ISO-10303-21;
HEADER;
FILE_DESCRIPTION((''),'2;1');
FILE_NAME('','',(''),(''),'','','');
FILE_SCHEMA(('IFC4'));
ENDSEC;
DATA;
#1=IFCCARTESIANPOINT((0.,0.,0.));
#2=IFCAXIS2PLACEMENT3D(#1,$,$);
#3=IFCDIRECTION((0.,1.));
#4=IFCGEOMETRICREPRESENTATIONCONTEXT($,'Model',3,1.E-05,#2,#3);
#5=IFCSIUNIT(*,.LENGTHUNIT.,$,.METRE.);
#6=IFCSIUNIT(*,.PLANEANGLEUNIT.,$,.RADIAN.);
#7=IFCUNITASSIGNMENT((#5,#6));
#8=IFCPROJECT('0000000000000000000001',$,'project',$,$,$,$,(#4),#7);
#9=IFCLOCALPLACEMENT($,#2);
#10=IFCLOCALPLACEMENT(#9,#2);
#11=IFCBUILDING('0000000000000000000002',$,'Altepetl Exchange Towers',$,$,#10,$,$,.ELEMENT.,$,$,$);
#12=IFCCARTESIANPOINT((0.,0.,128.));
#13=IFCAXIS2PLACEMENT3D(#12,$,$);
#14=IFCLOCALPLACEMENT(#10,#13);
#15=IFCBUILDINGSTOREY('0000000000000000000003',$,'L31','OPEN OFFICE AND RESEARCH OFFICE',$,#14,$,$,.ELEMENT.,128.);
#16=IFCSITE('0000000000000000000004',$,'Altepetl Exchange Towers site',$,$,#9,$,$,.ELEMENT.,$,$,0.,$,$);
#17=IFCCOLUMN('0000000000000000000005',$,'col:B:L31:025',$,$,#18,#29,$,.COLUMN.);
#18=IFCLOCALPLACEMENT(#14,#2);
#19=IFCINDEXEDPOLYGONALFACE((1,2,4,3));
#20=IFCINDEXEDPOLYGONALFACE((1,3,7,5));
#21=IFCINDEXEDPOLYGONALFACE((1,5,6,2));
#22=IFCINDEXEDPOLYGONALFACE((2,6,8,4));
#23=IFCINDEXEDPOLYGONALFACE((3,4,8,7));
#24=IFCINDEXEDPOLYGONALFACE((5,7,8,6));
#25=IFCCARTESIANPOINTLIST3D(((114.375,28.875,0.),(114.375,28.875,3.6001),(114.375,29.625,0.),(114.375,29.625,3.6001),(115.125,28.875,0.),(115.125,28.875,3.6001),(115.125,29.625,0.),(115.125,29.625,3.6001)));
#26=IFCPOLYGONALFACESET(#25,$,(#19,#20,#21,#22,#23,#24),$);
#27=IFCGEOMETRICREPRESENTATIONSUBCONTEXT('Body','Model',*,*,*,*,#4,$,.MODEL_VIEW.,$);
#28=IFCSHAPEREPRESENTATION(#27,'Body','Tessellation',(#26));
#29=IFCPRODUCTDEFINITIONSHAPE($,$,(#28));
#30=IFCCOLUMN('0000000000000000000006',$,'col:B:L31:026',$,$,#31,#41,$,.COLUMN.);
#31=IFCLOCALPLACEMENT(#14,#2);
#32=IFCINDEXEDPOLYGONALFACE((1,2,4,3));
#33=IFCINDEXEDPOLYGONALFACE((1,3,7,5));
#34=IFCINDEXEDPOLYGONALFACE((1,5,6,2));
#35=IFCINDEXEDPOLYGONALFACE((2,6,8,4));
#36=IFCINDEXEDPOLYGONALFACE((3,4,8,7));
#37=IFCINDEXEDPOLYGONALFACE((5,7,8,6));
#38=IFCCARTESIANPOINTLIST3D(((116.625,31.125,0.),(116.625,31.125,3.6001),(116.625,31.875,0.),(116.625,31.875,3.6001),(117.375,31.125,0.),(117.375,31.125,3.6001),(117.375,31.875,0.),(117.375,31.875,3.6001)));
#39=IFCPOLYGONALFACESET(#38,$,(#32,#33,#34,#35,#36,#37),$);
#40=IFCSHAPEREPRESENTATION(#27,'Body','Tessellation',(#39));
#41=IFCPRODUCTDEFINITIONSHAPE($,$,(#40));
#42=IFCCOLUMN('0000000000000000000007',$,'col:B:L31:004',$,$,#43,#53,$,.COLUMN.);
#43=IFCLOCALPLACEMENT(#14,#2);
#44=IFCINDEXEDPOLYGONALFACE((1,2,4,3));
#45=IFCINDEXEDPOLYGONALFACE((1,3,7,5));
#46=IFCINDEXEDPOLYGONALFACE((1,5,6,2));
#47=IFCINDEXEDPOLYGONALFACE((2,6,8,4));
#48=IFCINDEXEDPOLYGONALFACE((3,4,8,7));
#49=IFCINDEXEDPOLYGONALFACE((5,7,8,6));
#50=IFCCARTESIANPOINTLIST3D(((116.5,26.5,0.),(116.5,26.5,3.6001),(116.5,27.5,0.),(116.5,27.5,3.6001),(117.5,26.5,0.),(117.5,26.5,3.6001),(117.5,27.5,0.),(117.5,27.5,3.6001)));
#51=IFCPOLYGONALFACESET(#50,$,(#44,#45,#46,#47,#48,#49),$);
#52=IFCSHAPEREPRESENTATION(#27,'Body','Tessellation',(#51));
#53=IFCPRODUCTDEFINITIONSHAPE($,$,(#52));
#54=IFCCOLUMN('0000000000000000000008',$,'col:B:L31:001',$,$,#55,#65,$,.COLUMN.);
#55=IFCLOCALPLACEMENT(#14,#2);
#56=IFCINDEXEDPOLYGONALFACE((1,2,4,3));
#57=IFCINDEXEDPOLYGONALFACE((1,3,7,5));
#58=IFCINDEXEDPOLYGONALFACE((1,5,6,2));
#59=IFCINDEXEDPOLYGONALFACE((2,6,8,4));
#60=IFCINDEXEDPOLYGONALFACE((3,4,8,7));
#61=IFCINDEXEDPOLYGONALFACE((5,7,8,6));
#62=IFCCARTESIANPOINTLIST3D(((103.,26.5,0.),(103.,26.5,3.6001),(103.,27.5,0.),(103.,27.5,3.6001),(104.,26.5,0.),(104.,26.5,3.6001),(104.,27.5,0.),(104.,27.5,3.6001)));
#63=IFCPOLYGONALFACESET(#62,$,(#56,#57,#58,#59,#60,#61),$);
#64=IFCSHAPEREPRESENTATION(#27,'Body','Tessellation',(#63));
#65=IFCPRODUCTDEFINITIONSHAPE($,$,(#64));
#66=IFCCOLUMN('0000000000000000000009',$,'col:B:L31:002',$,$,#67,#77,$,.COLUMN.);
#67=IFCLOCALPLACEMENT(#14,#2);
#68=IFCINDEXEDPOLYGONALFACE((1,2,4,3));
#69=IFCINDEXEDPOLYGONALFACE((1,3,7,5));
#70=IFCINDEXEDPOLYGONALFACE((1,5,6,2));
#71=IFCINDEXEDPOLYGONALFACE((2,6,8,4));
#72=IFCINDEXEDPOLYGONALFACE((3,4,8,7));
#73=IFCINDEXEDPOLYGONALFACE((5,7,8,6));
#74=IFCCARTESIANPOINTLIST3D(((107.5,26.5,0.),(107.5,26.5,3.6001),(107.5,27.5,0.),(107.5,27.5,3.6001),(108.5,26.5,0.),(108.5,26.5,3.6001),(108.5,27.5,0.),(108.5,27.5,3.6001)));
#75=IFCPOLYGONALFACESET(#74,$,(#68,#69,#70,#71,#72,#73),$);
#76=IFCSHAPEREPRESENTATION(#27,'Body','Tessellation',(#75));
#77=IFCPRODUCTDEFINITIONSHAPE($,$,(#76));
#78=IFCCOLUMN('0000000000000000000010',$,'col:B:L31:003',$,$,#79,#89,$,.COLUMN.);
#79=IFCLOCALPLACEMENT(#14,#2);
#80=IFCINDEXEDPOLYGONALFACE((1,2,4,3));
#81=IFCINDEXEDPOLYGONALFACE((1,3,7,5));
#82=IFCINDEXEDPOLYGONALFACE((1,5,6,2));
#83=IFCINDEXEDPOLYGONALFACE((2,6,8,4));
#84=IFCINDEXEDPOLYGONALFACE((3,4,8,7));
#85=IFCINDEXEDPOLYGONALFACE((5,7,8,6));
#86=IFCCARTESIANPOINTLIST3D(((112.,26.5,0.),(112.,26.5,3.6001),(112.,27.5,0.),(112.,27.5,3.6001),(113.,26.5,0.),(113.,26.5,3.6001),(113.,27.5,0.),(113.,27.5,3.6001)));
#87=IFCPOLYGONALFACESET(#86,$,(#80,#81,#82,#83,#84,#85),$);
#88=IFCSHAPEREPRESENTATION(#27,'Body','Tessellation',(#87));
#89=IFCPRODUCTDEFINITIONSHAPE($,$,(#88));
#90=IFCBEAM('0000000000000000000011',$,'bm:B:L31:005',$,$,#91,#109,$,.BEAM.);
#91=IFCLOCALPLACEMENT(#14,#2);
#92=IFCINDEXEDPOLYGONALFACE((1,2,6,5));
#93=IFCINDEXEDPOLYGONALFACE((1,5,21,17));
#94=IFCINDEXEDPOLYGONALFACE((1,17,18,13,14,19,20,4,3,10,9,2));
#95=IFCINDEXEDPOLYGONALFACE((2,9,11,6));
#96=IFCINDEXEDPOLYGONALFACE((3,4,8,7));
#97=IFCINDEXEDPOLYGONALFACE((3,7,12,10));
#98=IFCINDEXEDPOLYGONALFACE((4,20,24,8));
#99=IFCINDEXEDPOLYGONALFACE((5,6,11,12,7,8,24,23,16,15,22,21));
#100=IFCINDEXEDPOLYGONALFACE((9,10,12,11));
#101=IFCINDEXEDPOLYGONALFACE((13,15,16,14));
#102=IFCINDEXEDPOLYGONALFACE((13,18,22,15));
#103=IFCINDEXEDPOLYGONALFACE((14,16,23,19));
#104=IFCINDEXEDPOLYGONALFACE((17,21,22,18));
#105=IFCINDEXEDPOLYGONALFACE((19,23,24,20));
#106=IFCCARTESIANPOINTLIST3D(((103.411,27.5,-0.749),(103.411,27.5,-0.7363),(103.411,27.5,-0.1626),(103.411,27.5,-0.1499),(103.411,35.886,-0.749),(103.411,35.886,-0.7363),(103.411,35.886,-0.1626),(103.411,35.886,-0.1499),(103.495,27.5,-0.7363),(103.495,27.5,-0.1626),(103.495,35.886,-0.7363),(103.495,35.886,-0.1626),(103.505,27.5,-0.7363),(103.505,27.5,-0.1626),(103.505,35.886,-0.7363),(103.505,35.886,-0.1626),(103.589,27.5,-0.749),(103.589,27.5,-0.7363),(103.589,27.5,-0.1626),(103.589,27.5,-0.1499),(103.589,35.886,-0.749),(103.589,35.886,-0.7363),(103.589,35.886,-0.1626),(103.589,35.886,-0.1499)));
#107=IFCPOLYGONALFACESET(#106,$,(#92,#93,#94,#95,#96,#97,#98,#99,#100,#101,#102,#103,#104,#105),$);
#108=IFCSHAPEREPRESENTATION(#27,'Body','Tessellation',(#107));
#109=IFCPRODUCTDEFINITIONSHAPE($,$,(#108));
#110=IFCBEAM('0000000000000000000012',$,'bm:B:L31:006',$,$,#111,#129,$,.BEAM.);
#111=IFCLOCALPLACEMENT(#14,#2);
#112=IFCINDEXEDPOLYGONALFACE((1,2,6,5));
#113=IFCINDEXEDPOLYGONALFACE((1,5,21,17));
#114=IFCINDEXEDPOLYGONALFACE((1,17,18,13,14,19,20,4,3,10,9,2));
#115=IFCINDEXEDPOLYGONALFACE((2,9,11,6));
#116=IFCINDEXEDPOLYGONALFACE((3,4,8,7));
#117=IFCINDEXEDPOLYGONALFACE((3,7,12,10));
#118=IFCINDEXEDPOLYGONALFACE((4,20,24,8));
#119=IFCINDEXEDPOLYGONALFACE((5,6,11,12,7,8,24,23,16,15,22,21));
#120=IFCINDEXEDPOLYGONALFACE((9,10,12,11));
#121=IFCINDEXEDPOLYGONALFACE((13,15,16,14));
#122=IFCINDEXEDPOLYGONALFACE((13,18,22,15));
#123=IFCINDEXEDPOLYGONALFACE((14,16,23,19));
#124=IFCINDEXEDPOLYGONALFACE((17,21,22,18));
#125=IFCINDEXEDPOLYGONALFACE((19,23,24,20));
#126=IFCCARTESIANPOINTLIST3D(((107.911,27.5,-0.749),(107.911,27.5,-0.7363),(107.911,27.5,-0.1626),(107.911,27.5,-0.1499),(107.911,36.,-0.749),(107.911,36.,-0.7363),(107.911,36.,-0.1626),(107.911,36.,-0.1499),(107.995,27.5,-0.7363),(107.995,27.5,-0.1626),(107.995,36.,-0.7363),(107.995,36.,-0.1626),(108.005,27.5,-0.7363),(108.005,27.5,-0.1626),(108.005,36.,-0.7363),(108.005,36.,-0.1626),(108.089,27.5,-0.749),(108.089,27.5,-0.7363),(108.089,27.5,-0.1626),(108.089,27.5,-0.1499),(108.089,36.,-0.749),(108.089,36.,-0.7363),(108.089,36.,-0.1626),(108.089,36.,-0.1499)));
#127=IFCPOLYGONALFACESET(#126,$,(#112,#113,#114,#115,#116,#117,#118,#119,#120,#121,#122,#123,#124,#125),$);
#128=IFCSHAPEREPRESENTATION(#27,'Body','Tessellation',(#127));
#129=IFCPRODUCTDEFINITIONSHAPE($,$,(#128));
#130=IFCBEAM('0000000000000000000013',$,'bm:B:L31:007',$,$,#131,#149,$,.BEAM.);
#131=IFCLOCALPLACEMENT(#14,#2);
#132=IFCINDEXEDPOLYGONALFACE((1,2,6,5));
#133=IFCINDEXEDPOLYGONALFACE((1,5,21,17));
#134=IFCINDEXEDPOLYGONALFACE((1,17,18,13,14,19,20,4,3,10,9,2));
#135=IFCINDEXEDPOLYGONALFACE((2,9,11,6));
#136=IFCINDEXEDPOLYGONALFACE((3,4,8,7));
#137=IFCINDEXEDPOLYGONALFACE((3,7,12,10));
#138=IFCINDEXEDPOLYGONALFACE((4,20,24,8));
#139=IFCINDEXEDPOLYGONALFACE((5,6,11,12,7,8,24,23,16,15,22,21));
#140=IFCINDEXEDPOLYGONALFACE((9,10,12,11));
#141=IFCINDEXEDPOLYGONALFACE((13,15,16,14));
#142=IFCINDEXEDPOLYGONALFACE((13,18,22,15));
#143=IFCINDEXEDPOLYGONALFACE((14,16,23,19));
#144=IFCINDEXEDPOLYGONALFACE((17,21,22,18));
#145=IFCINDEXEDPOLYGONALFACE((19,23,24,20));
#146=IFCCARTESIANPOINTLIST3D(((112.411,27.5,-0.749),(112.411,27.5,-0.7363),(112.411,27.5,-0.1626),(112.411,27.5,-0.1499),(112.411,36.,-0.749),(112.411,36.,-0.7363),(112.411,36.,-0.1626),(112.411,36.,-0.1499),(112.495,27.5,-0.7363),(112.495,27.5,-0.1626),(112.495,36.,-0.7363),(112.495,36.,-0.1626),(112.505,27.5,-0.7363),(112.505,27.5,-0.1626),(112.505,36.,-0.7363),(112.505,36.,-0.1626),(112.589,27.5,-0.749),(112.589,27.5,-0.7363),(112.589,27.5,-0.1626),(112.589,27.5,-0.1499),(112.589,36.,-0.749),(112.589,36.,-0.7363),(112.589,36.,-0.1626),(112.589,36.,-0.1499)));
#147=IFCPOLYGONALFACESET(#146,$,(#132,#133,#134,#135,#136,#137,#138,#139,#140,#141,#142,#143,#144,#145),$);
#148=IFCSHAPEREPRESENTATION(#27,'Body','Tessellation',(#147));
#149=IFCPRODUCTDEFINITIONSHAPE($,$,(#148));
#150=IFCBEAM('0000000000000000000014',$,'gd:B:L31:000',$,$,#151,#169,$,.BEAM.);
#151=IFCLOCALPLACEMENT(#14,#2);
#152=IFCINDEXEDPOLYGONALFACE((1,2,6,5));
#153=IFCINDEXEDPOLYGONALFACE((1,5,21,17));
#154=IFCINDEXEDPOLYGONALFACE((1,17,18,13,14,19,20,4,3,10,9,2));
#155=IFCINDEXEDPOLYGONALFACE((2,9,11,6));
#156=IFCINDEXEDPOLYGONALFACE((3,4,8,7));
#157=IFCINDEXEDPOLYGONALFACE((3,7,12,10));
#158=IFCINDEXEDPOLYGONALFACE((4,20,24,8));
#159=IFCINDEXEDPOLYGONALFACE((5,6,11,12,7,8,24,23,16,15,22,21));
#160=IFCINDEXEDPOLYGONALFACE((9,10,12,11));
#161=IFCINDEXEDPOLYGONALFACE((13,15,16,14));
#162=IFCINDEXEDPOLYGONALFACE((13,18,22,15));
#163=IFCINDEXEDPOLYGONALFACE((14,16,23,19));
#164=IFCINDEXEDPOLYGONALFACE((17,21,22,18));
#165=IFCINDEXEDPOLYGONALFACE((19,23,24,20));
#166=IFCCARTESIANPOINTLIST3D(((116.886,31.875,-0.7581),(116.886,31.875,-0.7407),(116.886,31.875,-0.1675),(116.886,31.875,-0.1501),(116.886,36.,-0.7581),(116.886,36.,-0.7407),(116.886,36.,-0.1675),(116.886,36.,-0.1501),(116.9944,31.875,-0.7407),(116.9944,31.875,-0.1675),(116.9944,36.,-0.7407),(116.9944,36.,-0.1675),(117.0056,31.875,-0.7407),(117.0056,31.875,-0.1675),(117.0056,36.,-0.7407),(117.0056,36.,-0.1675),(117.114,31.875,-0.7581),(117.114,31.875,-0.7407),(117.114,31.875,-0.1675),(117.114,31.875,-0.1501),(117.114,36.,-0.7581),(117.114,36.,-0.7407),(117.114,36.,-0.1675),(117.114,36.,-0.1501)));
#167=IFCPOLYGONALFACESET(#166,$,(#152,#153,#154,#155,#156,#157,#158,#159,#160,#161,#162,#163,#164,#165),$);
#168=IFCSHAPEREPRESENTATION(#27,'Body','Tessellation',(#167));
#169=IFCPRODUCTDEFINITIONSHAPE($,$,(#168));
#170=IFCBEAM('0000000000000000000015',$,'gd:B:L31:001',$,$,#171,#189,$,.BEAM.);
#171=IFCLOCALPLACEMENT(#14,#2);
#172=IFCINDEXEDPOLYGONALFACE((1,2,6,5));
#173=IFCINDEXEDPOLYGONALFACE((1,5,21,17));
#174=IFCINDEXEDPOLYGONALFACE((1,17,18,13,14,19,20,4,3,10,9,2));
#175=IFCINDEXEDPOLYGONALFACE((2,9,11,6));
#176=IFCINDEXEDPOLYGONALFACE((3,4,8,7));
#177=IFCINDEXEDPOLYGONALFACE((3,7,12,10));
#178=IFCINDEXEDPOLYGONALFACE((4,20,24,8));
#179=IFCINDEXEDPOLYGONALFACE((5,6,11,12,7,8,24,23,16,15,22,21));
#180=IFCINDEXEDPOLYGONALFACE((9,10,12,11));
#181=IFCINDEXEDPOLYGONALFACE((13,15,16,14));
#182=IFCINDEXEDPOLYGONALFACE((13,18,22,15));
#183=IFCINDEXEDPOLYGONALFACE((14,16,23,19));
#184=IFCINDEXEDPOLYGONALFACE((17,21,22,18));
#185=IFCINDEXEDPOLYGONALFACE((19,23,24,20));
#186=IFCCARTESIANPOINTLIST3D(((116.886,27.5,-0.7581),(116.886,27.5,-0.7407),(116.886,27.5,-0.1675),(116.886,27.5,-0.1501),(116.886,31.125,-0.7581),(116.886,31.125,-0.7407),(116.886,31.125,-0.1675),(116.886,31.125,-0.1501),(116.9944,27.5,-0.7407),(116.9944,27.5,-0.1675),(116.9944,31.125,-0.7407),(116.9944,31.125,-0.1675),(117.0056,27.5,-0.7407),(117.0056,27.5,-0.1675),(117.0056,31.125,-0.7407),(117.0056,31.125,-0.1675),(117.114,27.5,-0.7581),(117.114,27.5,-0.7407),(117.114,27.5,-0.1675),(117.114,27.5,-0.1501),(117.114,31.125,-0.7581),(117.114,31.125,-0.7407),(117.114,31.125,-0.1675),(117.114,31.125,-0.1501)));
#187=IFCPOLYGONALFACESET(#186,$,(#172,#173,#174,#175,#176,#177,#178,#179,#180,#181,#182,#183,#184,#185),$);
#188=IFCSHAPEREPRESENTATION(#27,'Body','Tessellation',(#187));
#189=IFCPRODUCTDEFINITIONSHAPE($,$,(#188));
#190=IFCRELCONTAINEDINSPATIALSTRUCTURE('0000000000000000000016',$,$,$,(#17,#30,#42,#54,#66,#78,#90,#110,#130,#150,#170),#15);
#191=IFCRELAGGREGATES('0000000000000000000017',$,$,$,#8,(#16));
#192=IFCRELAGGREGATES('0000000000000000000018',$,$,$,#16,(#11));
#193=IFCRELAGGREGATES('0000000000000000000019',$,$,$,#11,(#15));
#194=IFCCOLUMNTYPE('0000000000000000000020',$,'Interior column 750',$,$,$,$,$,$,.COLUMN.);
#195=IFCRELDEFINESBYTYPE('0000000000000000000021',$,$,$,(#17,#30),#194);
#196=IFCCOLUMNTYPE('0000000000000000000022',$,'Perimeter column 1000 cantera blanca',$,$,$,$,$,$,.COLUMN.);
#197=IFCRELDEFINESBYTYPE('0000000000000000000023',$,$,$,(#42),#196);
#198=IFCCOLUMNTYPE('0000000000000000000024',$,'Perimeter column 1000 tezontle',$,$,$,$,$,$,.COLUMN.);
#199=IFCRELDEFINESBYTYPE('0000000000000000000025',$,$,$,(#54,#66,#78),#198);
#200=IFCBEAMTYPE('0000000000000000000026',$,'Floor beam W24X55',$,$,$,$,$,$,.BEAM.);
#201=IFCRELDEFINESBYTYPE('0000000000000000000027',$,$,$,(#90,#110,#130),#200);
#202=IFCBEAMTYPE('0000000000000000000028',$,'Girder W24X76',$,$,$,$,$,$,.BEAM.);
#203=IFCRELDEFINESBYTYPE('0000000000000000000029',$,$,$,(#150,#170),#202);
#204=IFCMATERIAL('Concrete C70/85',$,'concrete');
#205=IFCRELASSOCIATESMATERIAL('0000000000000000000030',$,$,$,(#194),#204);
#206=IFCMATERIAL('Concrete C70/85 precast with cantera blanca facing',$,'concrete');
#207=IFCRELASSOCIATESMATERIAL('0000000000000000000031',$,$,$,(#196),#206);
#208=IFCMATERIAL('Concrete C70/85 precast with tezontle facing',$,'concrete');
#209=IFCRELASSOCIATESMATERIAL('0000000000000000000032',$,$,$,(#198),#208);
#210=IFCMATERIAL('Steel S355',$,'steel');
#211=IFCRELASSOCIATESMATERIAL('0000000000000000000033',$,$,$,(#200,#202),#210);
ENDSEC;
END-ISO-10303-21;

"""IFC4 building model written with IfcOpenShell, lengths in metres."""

from ifc_helpers import new_model, si_unit, direction, frame, origin, origin_2d, place, context, subcontext, project, spatial, rectangle, i_section, extrude, material, material_profile, profile_set, type_object, element, save


model = new_model("IFC4")

# Units and contexts
model_context = context("Model", 3, precision=1e-05, world=origin(), true_north=direction((0.0, 1.0)))
body_context = subcontext(model_context, "Body", "Model", "MODEL_VIEW")
ifc_project = project(units=[si_unit("LENGTHUNIT", "METRE"), si_unit("PLANEANGLEUNIT", "RADIAN")], contexts=[model_context])

# Site, building, storey
site_placement = place(None, origin())
site = spatial("IfcSite", under=ifc_project, at=site_placement, Name="Altepetl Exchange Towers site", CompositionType="ELEMENT", RefElevation=0.0)
building_placement = place(site_placement, origin())
building = spatial("IfcBuilding", under=site, at=building_placement, Name="Altepetl Exchange Towers", CompositionType="ELEMENT")
storey_placement = place(building_placement, frame((0.0, 0.0, 128.0)))
storey = spatial("IfcBuildingStorey", under=building, at=storey_placement, Name="L31", Description="OPEN OFFICE AND RESEARCH OFFICE", CompositionType="ELEMENT", Elevation=128.0)

# Columns
ifc_material_1 = material(Name="Concrete C70/85", Category="concrete")
ifc_material_profile_1 = material_profile(ifc_material_1, rectangle(XDim=0.75, YDim=0.75, at=origin_2d()), Name="750 x 750")
ifc_profile_set_1 = profile_set([ifc_material_profile_1], Name="Concrete C70/85")
column_type_1 = type_object("IfcColumnType", Name="Interior column 750", PredefinedType="COLUMN", material=ifc_profile_set_1)
for number, where, name in (
    (1, (114.75, 29.25, 0.0), "col:B:L31:025"),
    (2, (117.0, 31.5, 0.0), "col:B:L31:026"),
):
    element("IfcColumn", number, at=place(storey_placement, frame(where)), inside=storey, type_object=column_type_1, Name=name, PredefinedType="COLUMN", context=body_context, shape_type="SweptSolid", body=[
        extrude(rectangle(XDim=0.75, YDim=0.75, at=origin_2d()), origin(), (0.0, 0.0, 1.0), 3.6001),
    ])
ifc_material_2 = material(Name="Concrete C70/85 precast with cantera blanca facing", Category="concrete")
ifc_material_profile_2 = material_profile(ifc_material_2, rectangle(XDim=1.0, YDim=1.0, at=origin_2d()), Name="1000 x 1000")
ifc_profile_set_2 = profile_set([ifc_material_profile_2], Name="Concrete C70/85 precast with cantera blanca facing")
column_type_2 = type_object("IfcColumnType", Name="Perimeter column 1000 cantera blanca", PredefinedType="COLUMN", material=ifc_profile_set_2)
column_placement = place(storey_placement, frame((117.0, 27.0, 0.0)))
element("IfcColumn", 3, at=column_placement, inside=storey, type_object=column_type_2, Name="col:B:L31:004", PredefinedType="COLUMN", context=body_context, shape_type="SweptSolid", body=[
    extrude(rectangle(XDim=1.0, YDim=1.0, at=origin_2d()), origin(), (0.0, 0.0, 1.0), 3.6001),
])
ifc_material_3 = material(Name="Concrete C70/85 precast with tezontle facing", Category="concrete")
ifc_material_profile_3 = material_profile(ifc_material_3, rectangle(XDim=1.0, YDim=1.0, at=origin_2d()), Name="1000 x 1000")
ifc_profile_set_3 = profile_set([ifc_material_profile_3], Name="Concrete C70/85 precast with tezontle facing")
column_type_3 = type_object("IfcColumnType", Name="Perimeter column 1000 tezontle", PredefinedType="COLUMN", material=ifc_profile_set_3)
for number, where, name in (
    (4, (103.5, 27.0, 0.0), "col:B:L31:001"),
    (5, (108.0, 27.0, 0.0), "col:B:L31:002"),
    (6, (112.5, 27.0, 0.0), "col:B:L31:003"),
):
    element("IfcColumn", number, at=place(storey_placement, frame(where)), inside=storey, type_object=column_type_3, Name=name, PredefinedType="COLUMN", context=body_context, shape_type="SweptSolid", body=[
        extrude(rectangle(XDim=1.0, YDim=1.0, at=origin_2d()), origin(), (0.0, 0.0, 1.0), 3.6001),
    ])

# Beams
ifc_material_4 = material(Name="Steel S355", Category="steel")
ifc_material_profile_4 = material_profile(ifc_material_4, i_section(OverallWidth=0.178, OverallDepth=0.5991, WebThickness=0.01, FlangeThickness=0.0127, at=origin_2d()), Name="W24X55")
ifc_profile_set_4 = profile_set([ifc_material_profile_4], Name="Steel S355")
beam_type_1 = type_object("IfcBeamType", Name="Floor beam W24X55", PredefinedType="BEAM", material=ifc_profile_set_4)
beam_1_placement = place(storey_placement, frame((103.5, 27.5, -0.4495), z_axis=(0.0, 1.0, 0.0), x_axis=(-1.0, 0.0, 0.0)))
element("IfcBeam", 7, at=beam_1_placement, inside=storey, type_object=beam_type_1, Name="bm:B:L31:005", PredefinedType="BEAM", context=body_context, shape_type="SweptSolid", body=[
    extrude(i_section(OverallWidth=0.178, OverallDepth=0.5991, WebThickness=0.01, FlangeThickness=0.0127, at=origin_2d()), origin(), (0.0, 0.0, 1.0), 8.386),
])
for number, where, z_axis, x_axis, name in (
    (8, (108.0, 27.5, -0.4495), (0.0, 1.0, 0.0), (-1.0, 0.0, 0.0), "bm:B:L31:006"),
    (9, (112.5, 27.5, -0.4495), (0.0, 1.0, 0.0), (-1.0, 0.0, 0.0), "bm:B:L31:007"),
):
    element("IfcBeam", number, at=place(storey_placement, frame(where, z_axis=z_axis, x_axis=x_axis)), inside=storey, type_object=beam_type_1, Name=name, PredefinedType="BEAM", context=body_context, shape_type="SweptSolid", body=[
        extrude(i_section(OverallWidth=0.178, OverallDepth=0.5991, WebThickness=0.01, FlangeThickness=0.0127, at=origin_2d()), origin(), (0.0, 0.0, 1.0), 8.5),
    ])
ifc_material_profile_5 = material_profile(ifc_material_4, i_section(OverallWidth=0.228, OverallDepth=0.6079, WebThickness=0.0112, FlangeThickness=0.0173, at=origin_2d()), Name="W24X76")
ifc_profile_set_5 = profile_set([ifc_material_profile_5], Name="Steel S355")
beam_type_2 = type_object("IfcBeamType", Name="Girder W24X76", PredefinedType="BEAM", material=ifc_profile_set_5)
beam_2_placement = place(storey_placement, frame((117.0, 36.0, -0.4541), z_axis=(0.0, -1.0, 0.0), x_axis=(1.0, 0.0, 0.0)))
element("IfcBeam", 10, at=beam_2_placement, inside=storey, type_object=beam_type_2, Name="gd:B:L31:000", PredefinedType="BEAM", context=body_context, shape_type="SweptSolid", body=[
    extrude(i_section(OverallWidth=0.228, OverallDepth=0.6079, WebThickness=0.0112, FlangeThickness=0.0173, at=origin_2d()), origin(), (0.0, 0.0, 1.0), 4.125),
])
beam_3_placement = place(storey_placement, frame((117.0, 31.125, -0.4541), z_axis=(0.0, -1.0, 0.0), x_axis=(1.0, 0.0, 0.0)))
element("IfcBeam", 11, at=beam_3_placement, inside=storey, type_object=beam_type_2, Name="gd:B:L31:001", PredefinedType="BEAM", context=body_context, shape_type="SweptSolid", body=[
    extrude(i_section(OverallWidth=0.228, OverallDepth=0.6079, WebThickness=0.0112, FlangeThickness=0.0173, at=origin_2d()), origin(), (0.0, 0.0, 1.0), 3.625),
])

save(model, "model.ifc")
